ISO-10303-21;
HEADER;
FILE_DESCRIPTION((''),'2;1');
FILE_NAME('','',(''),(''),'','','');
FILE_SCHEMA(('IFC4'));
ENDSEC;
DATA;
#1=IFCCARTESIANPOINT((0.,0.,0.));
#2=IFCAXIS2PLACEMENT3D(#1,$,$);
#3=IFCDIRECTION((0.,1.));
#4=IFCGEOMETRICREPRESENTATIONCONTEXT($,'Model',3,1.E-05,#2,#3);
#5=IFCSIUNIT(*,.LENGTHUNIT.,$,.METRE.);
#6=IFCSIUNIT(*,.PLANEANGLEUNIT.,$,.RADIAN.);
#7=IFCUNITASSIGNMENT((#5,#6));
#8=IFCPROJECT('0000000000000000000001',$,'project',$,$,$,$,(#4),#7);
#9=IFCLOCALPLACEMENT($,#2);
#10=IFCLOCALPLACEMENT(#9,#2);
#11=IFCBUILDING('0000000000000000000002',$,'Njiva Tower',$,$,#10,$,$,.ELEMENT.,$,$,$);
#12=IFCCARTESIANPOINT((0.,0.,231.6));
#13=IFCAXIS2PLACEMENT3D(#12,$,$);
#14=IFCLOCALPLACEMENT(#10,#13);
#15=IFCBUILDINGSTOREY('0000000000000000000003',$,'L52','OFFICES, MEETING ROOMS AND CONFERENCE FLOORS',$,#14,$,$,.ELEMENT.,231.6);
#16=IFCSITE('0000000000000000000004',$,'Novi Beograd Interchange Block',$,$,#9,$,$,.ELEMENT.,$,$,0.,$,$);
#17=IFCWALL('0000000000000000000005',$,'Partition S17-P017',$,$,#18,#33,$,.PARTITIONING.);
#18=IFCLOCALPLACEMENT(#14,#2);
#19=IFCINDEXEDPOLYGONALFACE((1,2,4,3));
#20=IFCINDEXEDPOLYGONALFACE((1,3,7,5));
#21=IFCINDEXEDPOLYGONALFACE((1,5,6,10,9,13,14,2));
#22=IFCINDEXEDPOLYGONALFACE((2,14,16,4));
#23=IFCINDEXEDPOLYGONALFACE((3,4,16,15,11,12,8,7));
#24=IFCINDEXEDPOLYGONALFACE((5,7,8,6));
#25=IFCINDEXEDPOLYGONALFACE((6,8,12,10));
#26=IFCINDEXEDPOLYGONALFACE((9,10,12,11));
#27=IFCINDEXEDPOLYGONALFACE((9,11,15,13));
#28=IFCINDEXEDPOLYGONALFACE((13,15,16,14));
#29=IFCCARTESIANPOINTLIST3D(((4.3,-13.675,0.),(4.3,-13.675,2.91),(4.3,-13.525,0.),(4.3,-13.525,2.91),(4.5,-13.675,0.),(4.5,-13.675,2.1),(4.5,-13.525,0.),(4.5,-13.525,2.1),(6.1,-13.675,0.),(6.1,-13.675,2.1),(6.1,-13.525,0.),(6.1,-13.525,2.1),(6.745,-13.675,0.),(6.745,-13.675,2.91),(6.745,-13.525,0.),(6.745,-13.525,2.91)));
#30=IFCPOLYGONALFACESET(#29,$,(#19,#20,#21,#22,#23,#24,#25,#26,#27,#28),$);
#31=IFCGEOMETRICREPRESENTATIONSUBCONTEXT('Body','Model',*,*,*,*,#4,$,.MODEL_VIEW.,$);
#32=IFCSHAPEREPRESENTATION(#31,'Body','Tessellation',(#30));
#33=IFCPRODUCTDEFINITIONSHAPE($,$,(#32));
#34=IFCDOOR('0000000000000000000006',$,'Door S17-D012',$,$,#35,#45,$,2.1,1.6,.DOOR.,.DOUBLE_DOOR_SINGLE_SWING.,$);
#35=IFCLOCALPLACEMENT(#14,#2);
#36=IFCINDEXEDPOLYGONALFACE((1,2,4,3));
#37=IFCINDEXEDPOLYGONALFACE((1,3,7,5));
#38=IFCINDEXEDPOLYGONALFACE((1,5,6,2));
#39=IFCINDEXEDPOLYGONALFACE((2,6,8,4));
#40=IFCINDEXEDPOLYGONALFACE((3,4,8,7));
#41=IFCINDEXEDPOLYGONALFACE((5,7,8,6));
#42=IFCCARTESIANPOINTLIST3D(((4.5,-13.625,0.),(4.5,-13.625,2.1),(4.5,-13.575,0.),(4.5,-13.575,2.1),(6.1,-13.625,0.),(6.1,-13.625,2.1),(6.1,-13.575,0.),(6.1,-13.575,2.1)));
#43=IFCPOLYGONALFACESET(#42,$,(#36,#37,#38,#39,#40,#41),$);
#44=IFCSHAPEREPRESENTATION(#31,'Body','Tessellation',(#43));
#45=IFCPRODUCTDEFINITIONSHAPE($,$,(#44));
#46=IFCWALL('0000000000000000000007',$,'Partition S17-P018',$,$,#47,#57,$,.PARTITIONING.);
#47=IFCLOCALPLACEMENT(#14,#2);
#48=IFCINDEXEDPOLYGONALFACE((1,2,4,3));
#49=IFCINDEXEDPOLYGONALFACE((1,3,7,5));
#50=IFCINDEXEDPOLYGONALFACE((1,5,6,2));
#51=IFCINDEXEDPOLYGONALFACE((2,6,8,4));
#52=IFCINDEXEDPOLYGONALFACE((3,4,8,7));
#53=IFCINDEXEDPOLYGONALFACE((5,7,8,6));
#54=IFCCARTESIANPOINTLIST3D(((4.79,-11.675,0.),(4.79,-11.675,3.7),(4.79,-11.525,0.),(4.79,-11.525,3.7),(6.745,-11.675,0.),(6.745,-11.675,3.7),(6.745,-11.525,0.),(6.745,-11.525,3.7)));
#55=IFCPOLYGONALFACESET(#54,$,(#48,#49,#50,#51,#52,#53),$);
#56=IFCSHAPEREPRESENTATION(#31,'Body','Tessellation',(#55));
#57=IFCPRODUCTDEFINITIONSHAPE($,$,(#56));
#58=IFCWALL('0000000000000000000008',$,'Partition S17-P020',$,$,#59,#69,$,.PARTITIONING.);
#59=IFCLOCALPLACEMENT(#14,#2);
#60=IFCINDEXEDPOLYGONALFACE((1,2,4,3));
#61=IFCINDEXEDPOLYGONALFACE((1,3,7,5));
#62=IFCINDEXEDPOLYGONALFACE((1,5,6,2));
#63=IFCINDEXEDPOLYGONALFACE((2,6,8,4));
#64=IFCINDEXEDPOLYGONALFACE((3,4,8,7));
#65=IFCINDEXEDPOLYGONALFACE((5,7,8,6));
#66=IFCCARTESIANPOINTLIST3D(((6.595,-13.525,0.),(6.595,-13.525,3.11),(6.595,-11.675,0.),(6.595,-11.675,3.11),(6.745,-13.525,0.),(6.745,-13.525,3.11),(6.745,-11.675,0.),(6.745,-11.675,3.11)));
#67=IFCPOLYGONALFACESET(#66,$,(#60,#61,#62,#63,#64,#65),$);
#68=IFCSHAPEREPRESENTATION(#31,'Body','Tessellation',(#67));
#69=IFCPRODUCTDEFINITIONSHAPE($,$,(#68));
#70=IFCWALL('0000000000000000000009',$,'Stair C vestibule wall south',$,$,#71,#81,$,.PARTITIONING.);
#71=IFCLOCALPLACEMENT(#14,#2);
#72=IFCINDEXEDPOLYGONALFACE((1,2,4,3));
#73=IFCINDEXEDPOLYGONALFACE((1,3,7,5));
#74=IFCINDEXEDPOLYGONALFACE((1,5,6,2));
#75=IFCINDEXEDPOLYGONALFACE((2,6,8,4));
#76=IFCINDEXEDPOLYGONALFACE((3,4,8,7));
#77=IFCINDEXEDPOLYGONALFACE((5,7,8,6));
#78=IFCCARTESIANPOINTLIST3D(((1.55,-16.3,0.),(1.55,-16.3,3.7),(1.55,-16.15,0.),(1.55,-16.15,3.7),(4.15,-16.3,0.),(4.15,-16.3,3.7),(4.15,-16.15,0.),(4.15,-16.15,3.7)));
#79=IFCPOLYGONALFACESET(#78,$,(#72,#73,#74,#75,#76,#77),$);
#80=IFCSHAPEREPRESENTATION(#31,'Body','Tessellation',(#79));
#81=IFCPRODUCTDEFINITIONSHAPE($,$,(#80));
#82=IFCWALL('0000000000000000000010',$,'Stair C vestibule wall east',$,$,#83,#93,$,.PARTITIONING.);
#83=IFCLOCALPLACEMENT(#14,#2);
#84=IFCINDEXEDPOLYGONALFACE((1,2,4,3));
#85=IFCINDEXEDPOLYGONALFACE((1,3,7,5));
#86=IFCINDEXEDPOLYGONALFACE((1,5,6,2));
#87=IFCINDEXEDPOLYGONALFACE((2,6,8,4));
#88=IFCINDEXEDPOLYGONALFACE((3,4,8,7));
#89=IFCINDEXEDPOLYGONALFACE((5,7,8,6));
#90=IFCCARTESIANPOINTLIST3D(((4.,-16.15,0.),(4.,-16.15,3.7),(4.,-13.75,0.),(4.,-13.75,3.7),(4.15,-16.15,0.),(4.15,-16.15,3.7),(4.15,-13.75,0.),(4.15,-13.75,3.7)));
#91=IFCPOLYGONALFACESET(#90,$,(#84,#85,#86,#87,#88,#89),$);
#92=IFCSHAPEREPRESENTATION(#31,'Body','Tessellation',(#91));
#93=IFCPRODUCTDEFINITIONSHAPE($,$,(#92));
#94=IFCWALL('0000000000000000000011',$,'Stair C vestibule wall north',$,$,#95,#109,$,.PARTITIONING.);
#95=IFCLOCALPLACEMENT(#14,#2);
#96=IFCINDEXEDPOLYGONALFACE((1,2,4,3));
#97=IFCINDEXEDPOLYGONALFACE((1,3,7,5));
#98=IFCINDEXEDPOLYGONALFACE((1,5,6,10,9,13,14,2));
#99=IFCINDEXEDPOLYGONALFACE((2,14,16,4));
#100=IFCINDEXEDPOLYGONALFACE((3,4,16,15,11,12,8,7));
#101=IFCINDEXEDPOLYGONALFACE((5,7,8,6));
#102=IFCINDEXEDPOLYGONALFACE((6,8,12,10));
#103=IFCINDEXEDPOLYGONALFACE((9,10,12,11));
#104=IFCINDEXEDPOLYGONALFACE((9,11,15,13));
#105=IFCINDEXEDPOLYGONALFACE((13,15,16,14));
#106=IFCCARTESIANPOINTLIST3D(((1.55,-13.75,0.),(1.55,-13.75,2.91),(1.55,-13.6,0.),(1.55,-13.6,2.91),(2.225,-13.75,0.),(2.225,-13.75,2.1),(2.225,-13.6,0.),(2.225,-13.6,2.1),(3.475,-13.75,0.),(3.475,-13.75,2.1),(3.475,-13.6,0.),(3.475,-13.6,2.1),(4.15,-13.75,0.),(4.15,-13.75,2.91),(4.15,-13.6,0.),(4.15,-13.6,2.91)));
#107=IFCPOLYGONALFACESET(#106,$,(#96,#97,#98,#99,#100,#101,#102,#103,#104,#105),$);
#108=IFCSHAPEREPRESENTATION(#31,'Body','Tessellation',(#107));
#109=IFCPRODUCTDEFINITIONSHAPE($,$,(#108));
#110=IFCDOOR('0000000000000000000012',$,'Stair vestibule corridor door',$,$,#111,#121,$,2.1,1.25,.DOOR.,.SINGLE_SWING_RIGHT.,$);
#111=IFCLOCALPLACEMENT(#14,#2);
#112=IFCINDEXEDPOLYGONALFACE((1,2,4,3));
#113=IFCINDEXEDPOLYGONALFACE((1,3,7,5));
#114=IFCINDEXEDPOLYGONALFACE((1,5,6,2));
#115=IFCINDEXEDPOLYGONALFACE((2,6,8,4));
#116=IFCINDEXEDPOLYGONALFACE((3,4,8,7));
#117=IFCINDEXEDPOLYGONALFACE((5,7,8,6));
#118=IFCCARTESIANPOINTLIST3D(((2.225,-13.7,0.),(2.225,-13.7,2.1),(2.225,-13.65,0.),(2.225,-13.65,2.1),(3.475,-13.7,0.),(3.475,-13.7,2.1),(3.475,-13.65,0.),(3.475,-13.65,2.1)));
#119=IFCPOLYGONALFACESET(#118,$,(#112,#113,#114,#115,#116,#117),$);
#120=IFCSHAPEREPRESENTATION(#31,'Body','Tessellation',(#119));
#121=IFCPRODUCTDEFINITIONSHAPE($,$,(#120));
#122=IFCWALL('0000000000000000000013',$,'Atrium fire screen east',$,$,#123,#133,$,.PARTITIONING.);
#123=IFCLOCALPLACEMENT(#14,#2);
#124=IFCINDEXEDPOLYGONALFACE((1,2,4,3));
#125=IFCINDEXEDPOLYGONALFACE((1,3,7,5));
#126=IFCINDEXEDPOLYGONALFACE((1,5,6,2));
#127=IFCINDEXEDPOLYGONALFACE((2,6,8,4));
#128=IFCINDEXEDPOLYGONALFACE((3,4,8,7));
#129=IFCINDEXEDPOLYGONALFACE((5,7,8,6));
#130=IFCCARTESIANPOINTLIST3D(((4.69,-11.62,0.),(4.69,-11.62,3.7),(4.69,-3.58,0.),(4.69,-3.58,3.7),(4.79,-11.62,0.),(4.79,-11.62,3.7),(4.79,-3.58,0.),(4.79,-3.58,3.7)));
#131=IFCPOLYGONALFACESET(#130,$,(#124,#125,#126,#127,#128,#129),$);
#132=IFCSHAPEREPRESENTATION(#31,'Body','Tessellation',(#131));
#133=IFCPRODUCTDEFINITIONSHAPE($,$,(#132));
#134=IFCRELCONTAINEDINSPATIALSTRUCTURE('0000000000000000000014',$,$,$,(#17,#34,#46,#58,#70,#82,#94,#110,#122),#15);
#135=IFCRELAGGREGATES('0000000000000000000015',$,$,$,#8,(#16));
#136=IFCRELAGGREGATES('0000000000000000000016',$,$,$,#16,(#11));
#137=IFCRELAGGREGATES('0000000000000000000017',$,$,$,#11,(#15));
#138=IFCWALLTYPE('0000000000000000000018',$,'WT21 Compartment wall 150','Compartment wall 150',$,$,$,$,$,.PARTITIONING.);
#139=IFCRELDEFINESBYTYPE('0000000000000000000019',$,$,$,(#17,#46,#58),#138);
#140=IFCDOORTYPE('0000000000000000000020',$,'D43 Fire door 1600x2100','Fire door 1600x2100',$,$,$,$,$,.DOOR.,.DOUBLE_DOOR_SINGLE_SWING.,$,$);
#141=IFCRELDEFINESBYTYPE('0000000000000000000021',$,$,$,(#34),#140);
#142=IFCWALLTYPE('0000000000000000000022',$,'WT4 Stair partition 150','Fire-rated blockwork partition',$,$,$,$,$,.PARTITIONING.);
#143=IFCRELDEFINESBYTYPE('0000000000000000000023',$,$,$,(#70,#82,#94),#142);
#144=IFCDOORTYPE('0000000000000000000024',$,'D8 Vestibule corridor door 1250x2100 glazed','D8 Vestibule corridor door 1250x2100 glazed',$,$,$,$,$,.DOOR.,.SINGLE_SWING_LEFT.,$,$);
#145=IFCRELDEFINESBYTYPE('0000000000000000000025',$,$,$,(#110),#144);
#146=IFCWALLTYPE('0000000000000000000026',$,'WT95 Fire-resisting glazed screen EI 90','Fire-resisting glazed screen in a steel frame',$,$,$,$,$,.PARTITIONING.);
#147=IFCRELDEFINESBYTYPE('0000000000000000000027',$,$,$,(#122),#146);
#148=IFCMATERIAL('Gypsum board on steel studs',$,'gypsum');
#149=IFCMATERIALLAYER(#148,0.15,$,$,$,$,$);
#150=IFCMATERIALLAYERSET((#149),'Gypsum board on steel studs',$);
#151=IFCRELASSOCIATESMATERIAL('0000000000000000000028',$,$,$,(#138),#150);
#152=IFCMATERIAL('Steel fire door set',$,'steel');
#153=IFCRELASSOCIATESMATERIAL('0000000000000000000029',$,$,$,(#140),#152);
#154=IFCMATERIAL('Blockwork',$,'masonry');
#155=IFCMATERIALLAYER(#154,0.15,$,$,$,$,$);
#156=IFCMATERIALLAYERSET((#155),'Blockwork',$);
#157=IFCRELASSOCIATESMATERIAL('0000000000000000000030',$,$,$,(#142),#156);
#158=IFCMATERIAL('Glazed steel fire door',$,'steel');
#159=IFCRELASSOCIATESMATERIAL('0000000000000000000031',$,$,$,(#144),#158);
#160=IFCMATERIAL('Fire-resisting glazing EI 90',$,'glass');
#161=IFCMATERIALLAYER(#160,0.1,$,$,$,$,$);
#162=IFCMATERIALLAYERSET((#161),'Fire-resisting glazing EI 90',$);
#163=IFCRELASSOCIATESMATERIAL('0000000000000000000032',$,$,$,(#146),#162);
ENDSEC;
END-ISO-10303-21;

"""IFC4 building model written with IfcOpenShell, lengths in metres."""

from ifc_helpers import new_model, si_unit, direction, frame, frame_2d, origin, place, context, subcontext, project, spatial, rectangle, extrude, material, layer, layer_set, type_object, element, fill, save


model = new_model("IFC4")

# Units and contexts
model_context = context("Model", 3, precision=1e-05, world=origin(), true_north=direction((0.0, 1.0)))
body_context = subcontext(model_context, "Body", "Model", "MODEL_VIEW")
ifc_project = project(units=[si_unit("LENGTHUNIT", "METRE"), si_unit("PLANEANGLEUNIT", "RADIAN")], contexts=[model_context])

# Site, building, storey
site_placement = place(None, origin())
site = spatial("IfcSite", under=ifc_project, at=site_placement, Name="Novi Beograd Interchange Block", CompositionType="ELEMENT", RefElevation=0.0)
building_placement = place(site_placement, origin())
building = spatial("IfcBuilding", under=site, at=building_placement, Name="Njiva Tower", CompositionType="ELEMENT")
storey_placement = place(building_placement, frame((0.0, 0.0, 231.6)))
storey = spatial("IfcBuildingStorey", under=building, at=storey_placement, Name="L52", Description="OFFICES, MEETING ROOMS AND CONFERENCE FLOORS", CompositionType="ELEMENT", Elevation=231.6)

# Wall, opening, door
ifc_material_1 = material(Name="Gypsum board on steel studs", Category="gypsum")
ifc_layer_1 = layer(ifc_material_1, 0.15)
ifc_layer_set_1 = layer_set([ifc_layer_1], Name="Gypsum board on steel studs")
wall_type_1 = type_object("IfcWallType", Name="WT21 Compartment wall 150", Description="Compartment wall 150", PredefinedType="PARTITIONING", material=ifc_layer_set_1)
wall_1_placement = place(storey_placement, frame((4.3, -13.6, 0.0), z_axis=(0.0, 0.0, 1.0), x_axis=(1.0, 0.0, 0.0)))
wall_1 = element("IfcWall", 1, at=wall_1_placement, inside=storey, type_object=wall_type_1, Name="Partition S17-P017", PredefinedType="PARTITIONING", context=body_context, shape_type="SweptSolid", body=[
    extrude(rectangle(XDim=2.445, YDim=0.15, at=frame_2d((1.2225, 0.0))), origin(), (0.0, 0.0, 1.0), 2.91),
])
opening_1_placement = place(wall_1_placement, frame((0.2, 0.0, 0.0)))
opening_1 = element("IfcOpeningElement", 2, at=opening_1_placement, cuts=wall_1, PredefinedType="OPENING", context=body_context, shape_type="SweptSolid", body=[
    extrude(rectangle(XDim=1.6, YDim=2.1, at=frame_2d((0.8, 1.05))), frame((0.0, 0.085, 0.0), z_axis=(0.0, -1.0, 0.0), x_axis=(1.0, 0.0, 0.0)), (0.0, 0.0, 1.0), 0.17),
])
ifc_material_2 = material(Name="Steel fire door set", Category="steel")
door_type_1 = type_object("IfcDoorType", Name="D43 Fire door 1600x2100", Description="Fire door 1600x2100", OperationType="DOUBLE_DOOR_SINGLE_SWING", PredefinedType="DOOR", material=ifc_material_2)
door_1_placement = place(opening_1_placement, origin())
door_1 = element("IfcDoor", 3, at=door_1_placement, inside=storey, type_object=door_type_1, Name="Door S17-D012", OperationType="DOUBLE_DOOR_SINGLE_SWING", OverallHeight=2.1, OverallWidth=1.6, PredefinedType="DOOR", context=body_context, shape_type="SweptSolid", body=[
    extrude(rectangle(XDim=1.6, YDim=2.1, at=frame_2d((0.8, 1.05))), frame((0.0, 0.025, 0.0), z_axis=(0.0, -1.0, 0.0), x_axis=(1.0, 0.0, 0.0)), (0.0, 0.0, 1.0), 0.05),
])
fill(opening_1, door_1)

# Walls
wall_2_placement = place(storey_placement, frame((4.79, -11.6, 0.0), z_axis=(0.0, 0.0, 1.0), x_axis=(1.0, 0.0, 0.0)))
element("IfcWall", 4, at=wall_2_placement, inside=storey, type_object=wall_type_1, Name="Partition S17-P018", PredefinedType="PARTITIONING", context=body_context, shape_type="SweptSolid", body=[
    extrude(rectangle(XDim=1.955, YDim=0.15, at=frame_2d((0.9775, 0.0))), origin(), (0.0, 0.0, 1.0), 3.7),
])
wall_3_placement = place(storey_placement, frame((6.67, -13.525, 0.0), z_axis=(0.0, 0.0, 1.0), x_axis=(0.0, 1.0, 0.0)))
element("IfcWall", 5, at=wall_3_placement, inside=storey, type_object=wall_type_1, Name="Partition S17-P020", PredefinedType="PARTITIONING", context=body_context, shape_type="SweptSolid", body=[
    extrude(rectangle(XDim=1.85, YDim=0.15, at=frame_2d((0.925, 0.0))), origin(), (0.0, 0.0, 1.0), 3.11),
])
ifc_material_3 = material(Name="Blockwork", Category="masonry")
ifc_layer_2 = layer(ifc_material_3, 0.15)
ifc_layer_set_2 = layer_set([ifc_layer_2], Name="Blockwork")
wall_type_2 = type_object("IfcWallType", Name="WT4 Stair partition 150", Description="Fire-rated blockwork partition", PredefinedType="PARTITIONING", material=ifc_layer_set_2)
wall_4_placement = place(storey_placement, frame((1.55, -16.225, 0.0), z_axis=(0.0, 0.0, 1.0), x_axis=(1.0, 0.0, 0.0)))
element("IfcWall", 6, at=wall_4_placement, inside=storey, type_object=wall_type_2, Name="Stair C vestibule wall south", PredefinedType="PARTITIONING", context=body_context, shape_type="SweptSolid", body=[
    extrude(rectangle(XDim=2.6, YDim=0.15, at=frame_2d((1.3, 0.0))), origin(), (0.0, 0.0, 1.0), 3.7),
])
wall_5_placement = place(storey_placement, frame((4.075, -16.15, 0.0), z_axis=(0.0, 0.0, 1.0), x_axis=(0.0, 1.0, 0.0)))
element("IfcWall", 7, at=wall_5_placement, inside=storey, type_object=wall_type_2, Name="Stair C vestibule wall east", PredefinedType="PARTITIONING", context=body_context, shape_type="SweptSolid", body=[
    extrude(rectangle(XDim=2.4, YDim=0.15, at=frame_2d((1.2, 0.0))), origin(), (0.0, 0.0, 1.0), 3.7),
])

# Wall, opening, door
wall_6_placement = place(storey_placement, frame((1.55, -13.675, 0.0), z_axis=(0.0, 0.0, 1.0), x_axis=(1.0, 0.0, 0.0)))
wall_6 = element("IfcWall", 8, at=wall_6_placement, inside=storey, type_object=wall_type_2, Name="Stair C vestibule wall north", PredefinedType="PARTITIONING", context=body_context, shape_type="SweptSolid", body=[
    extrude(rectangle(XDim=2.6, YDim=0.15, at=frame_2d((1.3, 0.0))), origin(), (0.0, 0.0, 1.0), 2.91),
])
opening_2_placement = place(wall_6_placement, frame((0.675, 0.0, 0.0)))
opening_2 = element("IfcOpeningElement", 9, at=opening_2_placement, cuts=wall_6, PredefinedType="OPENING", context=body_context, shape_type="SweptSolid", body=[
    extrude(rectangle(XDim=1.25, YDim=2.1, at=frame_2d((0.625, 1.05))), frame((0.0, 0.085, 0.0), z_axis=(0.0, -1.0, 0.0), x_axis=(1.0, 0.0, 0.0)), (0.0, 0.0, 1.0), 0.17),
])
ifc_material_4 = material(Name="Glazed steel fire door", Category="steel")
door_type_2 = type_object("IfcDoorType", Name="D8 Vestibule corridor door 1250x2100 glazed", Description="D8 Vestibule corridor door 1250x2100 glazed", OperationType="SINGLE_SWING_LEFT", PredefinedType="DOOR", material=ifc_material_4)
door_2_placement = place(opening_2_placement, origin())
door_2 = element("IfcDoor", 10, at=door_2_placement, inside=storey, type_object=door_type_2, Name="Stair vestibule corridor door", OperationType="SINGLE_SWING_RIGHT", OverallHeight=2.1, OverallWidth=1.25, PredefinedType="DOOR", context=body_context, shape_type="SweptSolid", body=[
    extrude(rectangle(XDim=1.25, YDim=2.1, at=frame_2d((0.625, 1.05))), frame((0.0, 0.025, 0.0), z_axis=(0.0, -1.0, 0.0), x_axis=(1.0, 0.0, 0.0)), (0.0, 0.0, 1.0), 0.05),
])
fill(opening_2, door_2)

# Wall
ifc_material_5 = material(Name="Fire-resisting glazing EI 90", Category="glass")
ifc_layer_3 = layer(ifc_material_5, 0.1)
ifc_layer_set_3 = layer_set([ifc_layer_3], Name="Fire-resisting glazing EI 90")
wall_type_3 = type_object("IfcWallType", Name="WT95 Fire-resisting glazed screen EI 90", Description="Fire-resisting glazed screen in a steel frame", PredefinedType="PARTITIONING", material=ifc_layer_set_3)
wall_7_placement = place(storey_placement, frame((4.74, -11.62, 0.0), z_axis=(0.0, 0.0, 1.0), x_axis=(0.0, 1.0, 0.0)))
element("IfcWall", 11, at=wall_7_placement, inside=storey, type_object=wall_type_3, Name="Atrium fire screen east", PredefinedType="PARTITIONING", context=body_context, shape_type="SweptSolid", body=[
    extrude(rectangle(XDim=8.04, YDim=0.1, at=frame_2d((4.02, 0.0))), origin(), (0.0, 0.0, 1.0), 3.7),
])

save(model, "model.ifc")
